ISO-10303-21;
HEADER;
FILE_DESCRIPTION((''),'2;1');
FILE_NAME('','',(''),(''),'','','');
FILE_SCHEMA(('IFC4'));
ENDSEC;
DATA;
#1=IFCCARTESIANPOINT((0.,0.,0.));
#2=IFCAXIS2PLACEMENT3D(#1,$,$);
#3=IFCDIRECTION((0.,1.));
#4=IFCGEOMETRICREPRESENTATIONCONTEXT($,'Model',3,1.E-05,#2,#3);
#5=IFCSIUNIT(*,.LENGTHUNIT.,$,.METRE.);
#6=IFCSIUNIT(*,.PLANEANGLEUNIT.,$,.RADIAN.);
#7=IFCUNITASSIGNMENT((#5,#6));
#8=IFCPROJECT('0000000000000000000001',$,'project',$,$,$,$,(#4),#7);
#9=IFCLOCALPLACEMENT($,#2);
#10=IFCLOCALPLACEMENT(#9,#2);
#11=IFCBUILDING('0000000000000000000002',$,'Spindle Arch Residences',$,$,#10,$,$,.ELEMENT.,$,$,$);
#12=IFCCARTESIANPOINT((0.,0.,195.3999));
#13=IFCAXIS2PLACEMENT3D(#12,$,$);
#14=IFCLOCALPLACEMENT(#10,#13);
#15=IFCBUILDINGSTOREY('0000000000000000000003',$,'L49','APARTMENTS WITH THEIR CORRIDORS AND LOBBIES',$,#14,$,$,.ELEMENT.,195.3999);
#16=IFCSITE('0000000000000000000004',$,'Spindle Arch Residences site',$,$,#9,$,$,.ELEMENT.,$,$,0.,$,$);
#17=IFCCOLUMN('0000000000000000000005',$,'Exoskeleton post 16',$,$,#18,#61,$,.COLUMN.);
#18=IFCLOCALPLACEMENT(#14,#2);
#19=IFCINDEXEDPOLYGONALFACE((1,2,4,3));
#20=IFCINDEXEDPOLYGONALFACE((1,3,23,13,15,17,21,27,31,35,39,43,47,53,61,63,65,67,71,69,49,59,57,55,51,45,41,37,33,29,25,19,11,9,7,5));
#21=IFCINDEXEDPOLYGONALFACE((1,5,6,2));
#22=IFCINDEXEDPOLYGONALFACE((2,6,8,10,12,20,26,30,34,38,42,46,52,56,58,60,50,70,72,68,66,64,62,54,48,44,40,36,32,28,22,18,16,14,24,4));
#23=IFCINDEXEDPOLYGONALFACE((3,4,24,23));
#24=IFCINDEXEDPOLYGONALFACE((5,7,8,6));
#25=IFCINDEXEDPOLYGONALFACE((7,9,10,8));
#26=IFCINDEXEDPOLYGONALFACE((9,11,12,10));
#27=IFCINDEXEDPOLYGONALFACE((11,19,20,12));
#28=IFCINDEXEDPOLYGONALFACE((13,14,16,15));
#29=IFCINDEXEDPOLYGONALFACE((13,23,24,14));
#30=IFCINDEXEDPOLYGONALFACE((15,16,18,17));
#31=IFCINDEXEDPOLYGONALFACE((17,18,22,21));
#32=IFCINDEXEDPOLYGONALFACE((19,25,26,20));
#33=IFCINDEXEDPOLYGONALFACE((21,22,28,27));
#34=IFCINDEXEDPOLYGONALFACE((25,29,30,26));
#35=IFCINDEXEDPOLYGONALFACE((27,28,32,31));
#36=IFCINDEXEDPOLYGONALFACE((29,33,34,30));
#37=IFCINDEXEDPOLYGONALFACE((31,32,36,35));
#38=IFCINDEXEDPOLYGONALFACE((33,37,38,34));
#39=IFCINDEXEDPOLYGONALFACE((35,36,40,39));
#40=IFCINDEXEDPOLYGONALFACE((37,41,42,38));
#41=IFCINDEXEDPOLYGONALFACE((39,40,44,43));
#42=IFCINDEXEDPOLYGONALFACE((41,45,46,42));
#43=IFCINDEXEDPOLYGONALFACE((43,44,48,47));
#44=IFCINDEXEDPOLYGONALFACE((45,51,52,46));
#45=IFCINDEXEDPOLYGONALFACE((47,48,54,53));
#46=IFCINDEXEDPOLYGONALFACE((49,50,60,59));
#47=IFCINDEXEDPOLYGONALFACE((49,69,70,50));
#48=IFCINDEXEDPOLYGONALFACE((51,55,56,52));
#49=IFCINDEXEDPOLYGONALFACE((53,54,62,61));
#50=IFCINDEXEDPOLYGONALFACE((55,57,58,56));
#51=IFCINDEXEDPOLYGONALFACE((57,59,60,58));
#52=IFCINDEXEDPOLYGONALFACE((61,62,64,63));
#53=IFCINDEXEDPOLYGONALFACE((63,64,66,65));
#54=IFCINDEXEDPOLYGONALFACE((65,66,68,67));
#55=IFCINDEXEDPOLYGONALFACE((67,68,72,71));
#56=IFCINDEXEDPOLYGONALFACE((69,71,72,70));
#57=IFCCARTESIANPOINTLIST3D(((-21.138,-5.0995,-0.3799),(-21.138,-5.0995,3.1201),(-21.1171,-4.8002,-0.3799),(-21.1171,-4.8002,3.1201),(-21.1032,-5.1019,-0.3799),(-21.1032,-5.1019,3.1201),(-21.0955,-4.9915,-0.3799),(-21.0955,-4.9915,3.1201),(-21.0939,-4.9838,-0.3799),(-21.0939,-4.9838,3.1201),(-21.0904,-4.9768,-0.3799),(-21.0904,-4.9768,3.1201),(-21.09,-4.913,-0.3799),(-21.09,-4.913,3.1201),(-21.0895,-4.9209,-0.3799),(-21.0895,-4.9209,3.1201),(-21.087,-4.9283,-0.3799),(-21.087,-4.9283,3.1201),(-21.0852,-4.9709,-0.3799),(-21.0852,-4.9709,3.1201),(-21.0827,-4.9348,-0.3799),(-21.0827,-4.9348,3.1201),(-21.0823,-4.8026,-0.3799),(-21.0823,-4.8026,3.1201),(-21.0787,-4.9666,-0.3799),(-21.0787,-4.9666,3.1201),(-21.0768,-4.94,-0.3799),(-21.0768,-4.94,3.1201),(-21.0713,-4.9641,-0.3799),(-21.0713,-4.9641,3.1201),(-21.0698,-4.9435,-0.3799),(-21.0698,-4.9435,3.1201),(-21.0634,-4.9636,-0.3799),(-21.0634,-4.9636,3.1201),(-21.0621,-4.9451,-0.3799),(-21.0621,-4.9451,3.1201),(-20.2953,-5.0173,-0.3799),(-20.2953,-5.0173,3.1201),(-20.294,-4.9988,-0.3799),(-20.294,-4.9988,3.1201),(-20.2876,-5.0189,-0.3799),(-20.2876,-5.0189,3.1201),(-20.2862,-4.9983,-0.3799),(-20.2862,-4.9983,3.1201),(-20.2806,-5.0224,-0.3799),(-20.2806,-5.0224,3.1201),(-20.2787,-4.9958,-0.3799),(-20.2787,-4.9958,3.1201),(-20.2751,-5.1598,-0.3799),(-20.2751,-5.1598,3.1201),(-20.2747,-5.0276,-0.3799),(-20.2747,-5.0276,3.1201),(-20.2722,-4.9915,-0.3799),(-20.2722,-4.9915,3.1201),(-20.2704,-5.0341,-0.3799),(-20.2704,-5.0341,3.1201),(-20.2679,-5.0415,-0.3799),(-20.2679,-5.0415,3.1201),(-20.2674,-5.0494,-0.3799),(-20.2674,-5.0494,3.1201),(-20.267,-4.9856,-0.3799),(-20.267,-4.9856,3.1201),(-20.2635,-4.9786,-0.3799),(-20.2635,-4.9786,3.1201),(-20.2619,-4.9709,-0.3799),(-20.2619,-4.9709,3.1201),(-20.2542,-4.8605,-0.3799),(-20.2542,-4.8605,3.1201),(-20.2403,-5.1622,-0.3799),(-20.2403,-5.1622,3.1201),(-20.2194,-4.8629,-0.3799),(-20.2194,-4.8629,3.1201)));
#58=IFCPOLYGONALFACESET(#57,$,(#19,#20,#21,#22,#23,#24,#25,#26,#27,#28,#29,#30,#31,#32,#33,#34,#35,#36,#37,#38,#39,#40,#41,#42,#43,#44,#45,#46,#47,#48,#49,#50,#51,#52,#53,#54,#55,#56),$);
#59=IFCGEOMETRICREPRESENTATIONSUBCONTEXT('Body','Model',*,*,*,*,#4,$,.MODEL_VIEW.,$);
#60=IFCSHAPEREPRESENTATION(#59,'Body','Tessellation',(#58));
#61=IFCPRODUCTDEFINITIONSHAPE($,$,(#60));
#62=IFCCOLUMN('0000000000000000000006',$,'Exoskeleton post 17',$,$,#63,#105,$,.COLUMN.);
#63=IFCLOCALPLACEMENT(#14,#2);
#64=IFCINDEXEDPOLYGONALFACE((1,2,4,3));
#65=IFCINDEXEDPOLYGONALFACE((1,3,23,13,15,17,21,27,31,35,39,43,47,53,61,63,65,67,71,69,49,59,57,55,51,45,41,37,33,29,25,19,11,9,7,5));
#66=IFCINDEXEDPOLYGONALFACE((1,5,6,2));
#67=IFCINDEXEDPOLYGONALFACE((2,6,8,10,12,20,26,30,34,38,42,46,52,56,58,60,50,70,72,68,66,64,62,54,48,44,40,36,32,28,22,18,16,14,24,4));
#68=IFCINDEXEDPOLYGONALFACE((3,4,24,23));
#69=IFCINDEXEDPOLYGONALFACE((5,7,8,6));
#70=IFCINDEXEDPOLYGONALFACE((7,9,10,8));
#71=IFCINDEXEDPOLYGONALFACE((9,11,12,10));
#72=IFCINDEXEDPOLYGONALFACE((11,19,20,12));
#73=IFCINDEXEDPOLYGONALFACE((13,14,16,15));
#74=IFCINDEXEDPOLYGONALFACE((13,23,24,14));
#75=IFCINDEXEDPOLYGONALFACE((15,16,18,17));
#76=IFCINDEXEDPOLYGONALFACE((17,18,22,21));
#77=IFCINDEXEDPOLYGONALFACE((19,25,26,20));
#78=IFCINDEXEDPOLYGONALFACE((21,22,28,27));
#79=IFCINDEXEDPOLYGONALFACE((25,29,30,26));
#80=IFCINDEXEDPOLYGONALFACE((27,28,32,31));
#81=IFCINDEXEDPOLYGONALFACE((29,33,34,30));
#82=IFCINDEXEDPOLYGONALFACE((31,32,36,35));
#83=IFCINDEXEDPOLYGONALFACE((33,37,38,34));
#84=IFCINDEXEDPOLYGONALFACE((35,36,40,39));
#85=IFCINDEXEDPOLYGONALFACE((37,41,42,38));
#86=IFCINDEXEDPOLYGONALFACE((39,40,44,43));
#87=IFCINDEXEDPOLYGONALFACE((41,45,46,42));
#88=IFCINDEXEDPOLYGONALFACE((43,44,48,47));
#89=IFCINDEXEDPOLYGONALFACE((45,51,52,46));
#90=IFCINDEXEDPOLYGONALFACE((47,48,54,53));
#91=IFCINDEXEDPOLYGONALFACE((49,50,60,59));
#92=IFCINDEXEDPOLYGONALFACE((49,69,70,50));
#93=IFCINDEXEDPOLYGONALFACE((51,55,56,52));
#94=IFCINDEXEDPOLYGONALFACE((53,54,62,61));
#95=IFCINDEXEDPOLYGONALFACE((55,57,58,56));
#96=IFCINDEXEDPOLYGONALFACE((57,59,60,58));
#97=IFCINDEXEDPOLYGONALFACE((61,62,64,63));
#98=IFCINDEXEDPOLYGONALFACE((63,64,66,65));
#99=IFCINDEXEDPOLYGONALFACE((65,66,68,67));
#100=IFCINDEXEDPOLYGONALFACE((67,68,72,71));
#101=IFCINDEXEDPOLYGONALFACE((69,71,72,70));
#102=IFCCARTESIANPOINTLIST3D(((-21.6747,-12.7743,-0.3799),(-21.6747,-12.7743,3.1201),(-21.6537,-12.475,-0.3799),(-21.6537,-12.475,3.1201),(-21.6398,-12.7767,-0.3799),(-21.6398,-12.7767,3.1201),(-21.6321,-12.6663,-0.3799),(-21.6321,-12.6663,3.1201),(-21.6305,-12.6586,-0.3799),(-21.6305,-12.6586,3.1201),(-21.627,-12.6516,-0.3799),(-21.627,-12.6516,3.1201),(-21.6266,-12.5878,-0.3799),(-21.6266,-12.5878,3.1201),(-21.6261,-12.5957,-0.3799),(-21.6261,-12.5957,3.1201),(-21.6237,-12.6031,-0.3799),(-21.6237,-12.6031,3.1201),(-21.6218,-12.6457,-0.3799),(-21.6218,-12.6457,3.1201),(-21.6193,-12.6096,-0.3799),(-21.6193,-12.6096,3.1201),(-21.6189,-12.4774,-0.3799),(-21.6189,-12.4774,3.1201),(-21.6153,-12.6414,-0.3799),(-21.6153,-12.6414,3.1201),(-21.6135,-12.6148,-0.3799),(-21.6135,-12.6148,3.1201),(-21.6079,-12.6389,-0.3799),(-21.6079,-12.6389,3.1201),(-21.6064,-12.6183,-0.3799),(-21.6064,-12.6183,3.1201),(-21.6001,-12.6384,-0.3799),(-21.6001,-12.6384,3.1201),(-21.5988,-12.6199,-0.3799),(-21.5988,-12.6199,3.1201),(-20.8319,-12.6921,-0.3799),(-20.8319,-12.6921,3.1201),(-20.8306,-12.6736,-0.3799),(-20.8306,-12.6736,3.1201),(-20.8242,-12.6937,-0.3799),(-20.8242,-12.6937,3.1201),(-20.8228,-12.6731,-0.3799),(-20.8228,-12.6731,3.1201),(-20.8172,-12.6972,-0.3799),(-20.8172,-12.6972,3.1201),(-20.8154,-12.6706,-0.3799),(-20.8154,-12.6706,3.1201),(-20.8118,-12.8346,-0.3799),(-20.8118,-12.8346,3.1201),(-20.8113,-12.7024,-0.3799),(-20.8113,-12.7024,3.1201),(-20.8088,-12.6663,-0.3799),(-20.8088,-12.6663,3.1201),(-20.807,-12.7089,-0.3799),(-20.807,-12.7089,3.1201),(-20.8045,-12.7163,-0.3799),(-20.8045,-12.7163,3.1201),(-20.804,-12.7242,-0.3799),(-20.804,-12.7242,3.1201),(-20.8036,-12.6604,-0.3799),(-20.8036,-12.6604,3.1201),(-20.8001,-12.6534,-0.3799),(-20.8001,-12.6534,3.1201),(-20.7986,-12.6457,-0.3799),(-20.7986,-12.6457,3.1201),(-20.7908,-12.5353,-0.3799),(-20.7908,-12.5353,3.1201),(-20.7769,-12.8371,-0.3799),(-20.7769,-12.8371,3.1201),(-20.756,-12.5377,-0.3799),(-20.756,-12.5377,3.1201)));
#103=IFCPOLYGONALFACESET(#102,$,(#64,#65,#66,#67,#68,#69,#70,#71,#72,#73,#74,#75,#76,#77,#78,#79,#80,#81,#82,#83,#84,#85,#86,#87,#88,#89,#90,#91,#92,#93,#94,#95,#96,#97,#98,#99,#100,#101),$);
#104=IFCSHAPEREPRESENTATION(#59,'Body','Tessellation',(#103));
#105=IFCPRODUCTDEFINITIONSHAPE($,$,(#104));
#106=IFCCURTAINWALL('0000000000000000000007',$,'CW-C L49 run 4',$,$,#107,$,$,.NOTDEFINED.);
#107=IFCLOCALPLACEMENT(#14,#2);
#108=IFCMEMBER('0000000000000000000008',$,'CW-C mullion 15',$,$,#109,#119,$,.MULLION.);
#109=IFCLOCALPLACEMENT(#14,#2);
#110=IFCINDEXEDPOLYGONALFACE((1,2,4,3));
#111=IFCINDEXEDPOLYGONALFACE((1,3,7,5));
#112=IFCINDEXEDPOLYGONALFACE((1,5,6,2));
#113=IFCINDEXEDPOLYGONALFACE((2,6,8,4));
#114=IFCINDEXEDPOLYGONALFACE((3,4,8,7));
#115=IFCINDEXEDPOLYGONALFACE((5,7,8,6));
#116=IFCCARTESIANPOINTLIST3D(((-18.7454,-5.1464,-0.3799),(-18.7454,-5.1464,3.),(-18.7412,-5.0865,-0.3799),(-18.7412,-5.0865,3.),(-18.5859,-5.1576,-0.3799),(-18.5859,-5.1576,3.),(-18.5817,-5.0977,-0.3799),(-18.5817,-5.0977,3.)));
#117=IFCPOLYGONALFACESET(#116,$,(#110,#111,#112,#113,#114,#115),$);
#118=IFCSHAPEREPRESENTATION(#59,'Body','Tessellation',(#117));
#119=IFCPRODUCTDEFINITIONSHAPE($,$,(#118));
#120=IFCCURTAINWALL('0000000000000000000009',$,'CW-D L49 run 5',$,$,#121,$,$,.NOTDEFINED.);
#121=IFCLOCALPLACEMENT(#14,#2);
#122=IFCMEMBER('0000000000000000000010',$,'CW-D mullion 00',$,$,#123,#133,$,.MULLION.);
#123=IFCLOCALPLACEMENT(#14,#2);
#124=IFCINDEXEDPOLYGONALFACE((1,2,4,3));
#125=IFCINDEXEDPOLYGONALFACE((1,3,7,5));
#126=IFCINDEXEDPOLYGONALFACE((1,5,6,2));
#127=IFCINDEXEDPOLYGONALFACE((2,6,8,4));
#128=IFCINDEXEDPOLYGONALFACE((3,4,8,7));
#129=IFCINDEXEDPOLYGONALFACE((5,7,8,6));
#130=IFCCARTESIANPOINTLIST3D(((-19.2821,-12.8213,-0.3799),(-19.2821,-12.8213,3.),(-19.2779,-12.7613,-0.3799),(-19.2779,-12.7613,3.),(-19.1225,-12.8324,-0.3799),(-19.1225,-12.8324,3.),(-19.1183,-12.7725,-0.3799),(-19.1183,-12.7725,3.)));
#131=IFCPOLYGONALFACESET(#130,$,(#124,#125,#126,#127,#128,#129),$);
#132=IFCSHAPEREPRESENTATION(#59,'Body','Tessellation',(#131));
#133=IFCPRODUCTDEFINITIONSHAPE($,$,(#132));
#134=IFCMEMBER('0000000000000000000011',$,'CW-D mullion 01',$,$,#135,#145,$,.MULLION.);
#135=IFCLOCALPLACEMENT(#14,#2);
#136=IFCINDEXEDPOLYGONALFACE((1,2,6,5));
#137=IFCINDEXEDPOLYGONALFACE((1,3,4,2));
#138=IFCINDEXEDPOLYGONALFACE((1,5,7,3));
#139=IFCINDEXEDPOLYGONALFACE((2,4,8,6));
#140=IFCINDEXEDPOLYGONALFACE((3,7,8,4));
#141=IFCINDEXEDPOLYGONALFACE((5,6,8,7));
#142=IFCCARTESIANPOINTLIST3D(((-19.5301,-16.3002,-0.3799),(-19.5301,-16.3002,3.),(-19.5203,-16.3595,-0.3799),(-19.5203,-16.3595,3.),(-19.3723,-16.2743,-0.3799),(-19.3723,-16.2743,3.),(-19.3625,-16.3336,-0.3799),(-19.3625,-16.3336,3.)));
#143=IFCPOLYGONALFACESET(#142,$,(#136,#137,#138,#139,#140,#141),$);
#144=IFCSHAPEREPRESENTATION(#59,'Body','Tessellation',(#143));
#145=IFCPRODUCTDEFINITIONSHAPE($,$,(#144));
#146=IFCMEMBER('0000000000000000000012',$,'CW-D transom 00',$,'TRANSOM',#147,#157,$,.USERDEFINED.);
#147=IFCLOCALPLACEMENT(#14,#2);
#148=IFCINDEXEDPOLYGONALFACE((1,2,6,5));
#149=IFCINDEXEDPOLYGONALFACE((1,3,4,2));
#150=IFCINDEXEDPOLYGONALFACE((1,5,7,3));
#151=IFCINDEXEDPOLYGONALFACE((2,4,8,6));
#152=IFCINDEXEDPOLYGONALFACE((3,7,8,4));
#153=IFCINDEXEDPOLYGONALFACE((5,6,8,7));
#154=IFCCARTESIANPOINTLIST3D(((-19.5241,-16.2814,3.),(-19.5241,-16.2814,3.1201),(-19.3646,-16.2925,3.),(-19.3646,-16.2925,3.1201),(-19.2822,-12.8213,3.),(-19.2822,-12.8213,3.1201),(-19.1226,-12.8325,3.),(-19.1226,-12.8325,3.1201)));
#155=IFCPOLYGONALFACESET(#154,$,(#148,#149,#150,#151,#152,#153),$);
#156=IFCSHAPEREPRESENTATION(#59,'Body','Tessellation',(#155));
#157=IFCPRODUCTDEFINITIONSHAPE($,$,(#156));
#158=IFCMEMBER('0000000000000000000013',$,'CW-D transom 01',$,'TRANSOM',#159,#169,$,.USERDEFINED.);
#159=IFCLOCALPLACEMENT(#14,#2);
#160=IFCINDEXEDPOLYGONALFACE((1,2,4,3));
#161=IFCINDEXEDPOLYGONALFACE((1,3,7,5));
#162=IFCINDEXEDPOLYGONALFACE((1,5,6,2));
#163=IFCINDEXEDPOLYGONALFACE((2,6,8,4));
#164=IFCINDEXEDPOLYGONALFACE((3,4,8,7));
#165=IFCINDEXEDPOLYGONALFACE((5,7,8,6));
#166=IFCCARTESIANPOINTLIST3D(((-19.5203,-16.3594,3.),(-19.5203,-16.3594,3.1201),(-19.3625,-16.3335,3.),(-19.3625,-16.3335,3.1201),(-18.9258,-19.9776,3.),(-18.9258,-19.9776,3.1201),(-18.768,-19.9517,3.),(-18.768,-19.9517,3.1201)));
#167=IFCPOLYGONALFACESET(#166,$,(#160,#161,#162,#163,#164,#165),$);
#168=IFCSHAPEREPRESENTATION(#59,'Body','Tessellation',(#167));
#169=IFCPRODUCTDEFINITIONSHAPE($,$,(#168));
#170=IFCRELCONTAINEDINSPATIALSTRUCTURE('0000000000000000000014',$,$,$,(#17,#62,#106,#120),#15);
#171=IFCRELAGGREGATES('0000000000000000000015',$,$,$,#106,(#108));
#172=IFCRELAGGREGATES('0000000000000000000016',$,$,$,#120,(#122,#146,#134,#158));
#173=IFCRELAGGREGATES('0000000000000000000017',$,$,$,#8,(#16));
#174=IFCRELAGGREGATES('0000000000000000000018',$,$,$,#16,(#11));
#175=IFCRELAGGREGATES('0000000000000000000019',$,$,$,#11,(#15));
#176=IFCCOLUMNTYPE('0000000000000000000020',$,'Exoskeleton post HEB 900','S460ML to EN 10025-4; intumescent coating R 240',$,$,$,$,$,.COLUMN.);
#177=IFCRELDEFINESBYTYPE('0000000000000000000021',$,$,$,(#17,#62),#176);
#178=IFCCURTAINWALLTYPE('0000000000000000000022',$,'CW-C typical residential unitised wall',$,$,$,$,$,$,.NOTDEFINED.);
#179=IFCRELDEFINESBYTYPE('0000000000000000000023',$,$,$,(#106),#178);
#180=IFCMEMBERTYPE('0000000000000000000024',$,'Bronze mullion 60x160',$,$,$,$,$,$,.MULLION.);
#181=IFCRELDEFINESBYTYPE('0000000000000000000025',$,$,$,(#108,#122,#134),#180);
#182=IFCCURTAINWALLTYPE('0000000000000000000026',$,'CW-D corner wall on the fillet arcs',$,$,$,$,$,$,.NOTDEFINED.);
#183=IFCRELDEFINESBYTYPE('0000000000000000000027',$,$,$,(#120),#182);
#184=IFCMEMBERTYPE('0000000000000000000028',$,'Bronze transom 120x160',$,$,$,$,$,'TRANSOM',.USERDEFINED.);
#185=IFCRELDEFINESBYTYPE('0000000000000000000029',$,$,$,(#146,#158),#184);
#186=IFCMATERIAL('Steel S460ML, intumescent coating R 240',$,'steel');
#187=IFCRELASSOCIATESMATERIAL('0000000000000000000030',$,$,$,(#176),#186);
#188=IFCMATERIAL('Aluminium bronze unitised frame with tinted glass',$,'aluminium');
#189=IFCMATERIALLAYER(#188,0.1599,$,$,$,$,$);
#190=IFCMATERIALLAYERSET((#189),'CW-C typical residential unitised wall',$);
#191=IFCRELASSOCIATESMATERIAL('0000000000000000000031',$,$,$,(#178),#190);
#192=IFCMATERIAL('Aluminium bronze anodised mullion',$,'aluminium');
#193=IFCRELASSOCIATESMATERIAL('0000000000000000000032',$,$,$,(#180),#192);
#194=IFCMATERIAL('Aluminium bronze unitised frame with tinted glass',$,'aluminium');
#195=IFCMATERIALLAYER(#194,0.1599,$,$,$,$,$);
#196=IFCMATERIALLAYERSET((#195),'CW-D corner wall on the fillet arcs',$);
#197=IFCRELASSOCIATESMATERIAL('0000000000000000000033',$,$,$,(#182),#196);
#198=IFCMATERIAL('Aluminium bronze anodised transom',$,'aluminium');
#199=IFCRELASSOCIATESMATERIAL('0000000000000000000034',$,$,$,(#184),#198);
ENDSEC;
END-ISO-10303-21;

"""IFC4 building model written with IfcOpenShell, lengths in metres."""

from ifc_helpers import new_model, si_unit, direction, frame, origin, origin_2d, place, context, subcontext, project, spatial, rectangle, i_section, extrude, material, layer, layer_set, material_profile, profile_set, type_object, element, aggregate, save


model = new_model("IFC4")

# Units and contexts
model_context = context("Model", 3, precision=1e-05, world=origin(), true_north=direction((0.0, 1.0)))
body_context = subcontext(model_context, "Body", "Model", "MODEL_VIEW")
ifc_project = project(units=[si_unit("LENGTHUNIT", "METRE"), si_unit("PLANEANGLEUNIT", "RADIAN")], contexts=[model_context])

# Site, building, storey
site_placement = place(None, origin())
site = spatial("IfcSite", under=ifc_project, at=site_placement, Name="Spindle Arch Residences site", CompositionType="ELEMENT", RefElevation=0.0)
building_placement = place(site_placement, origin())
building = spatial("IfcBuilding", under=site, at=building_placement, Name="Spindle Arch Residences", CompositionType="ELEMENT")
storey_placement = place(building_placement, frame((0.0, 0.0, 195.3999)))
storey = spatial("IfcBuildingStorey", under=building, at=storey_placement, Name="L49", Description="APARTMENTS WITH THEIR CORRIDORS AND LOBBIES", CompositionType="ELEMENT", Elevation=195.3999)

# Columns
ifc_material_1 = material(Name="Steel S460ML, intumescent coating R 240", Category="steel")
ifc_material_profile_1 = material_profile(ifc_material_1, i_section(OverallWidth=0.3, OverallDepth=0.8999, WebThickness=0.0186, FlangeThickness=0.0349, FilletRadius=0.03, at=origin_2d()), Name="HEB 900")
ifc_profile_set_1 = profile_set([ifc_material_profile_1], Name="Steel S460ML, intumescent coating R 240")
column_type = type_object("IfcColumnType", Name="Exoskeleton post HEB 900", Description="S460ML to EN 10025-4; intumescent coating R 240", PredefinedType="COLUMN", material=ifc_profile_set_1)
for number, where, z_axis, x_axis, name in (
    (1, (-20.6787, -4.9812, -0.3799), (0.0, 0.0, 1.0), (0.069756, 0.997564, 0.0), "Exoskeleton post 16"),
    (2, (-21.2153, -12.656, -0.3799), (0.0, 0.0, 1.0), (0.069756, 0.997564, 0.0), "Exoskeleton post 17"),
):
    element("IfcColumn", number, at=place(storey_placement, frame(where, z_axis=z_axis, x_axis=x_axis)), inside=storey, type_object=column_type, Name=name, PredefinedType="COLUMN", context=body_context, shape_type="SweptSolid", body=[
        extrude(i_section(OverallWidth=0.3, OverallDepth=0.8999, WebThickness=0.0186, FlangeThickness=0.0349, FilletRadius=0.03, at=origin_2d()), origin(), (0.0, 0.0, 1.0), 3.5),
    ])

# Curtain wall, member
ifc_material_2 = material(Name="Aluminium bronze unitised frame with tinted glass", Category="aluminium")
ifc_layer_1 = layer(ifc_material_2, 0.1599)
ifc_layer_set_1 = layer_set([ifc_layer_1], Name="CW-C typical residential unitised wall")
curtain_wall_type_1 = type_object("IfcCurtainWallType", Name="CW-C typical residential unitised wall", PredefinedType="NOTDEFINED", material=ifc_layer_set_1)
curtain_wall_1_placement = place(storey_placement, origin())
curtain_wall_1 = element("IfcCurtainWall", 3, at=curtain_wall_1_placement, inside=storey, type_object=curtain_wall_type_1, Name="CW-C L49 run 4", PredefinedType="NOTDEFINED")
ifc_material_3 = material(Name="Aluminium bronze anodised mullion", Category="aluminium")
ifc_material_profile_2 = material_profile(ifc_material_3, rectangle(XDim=0.1599, YDim=0.0601, at=origin_2d()), Name="MU 60x160")
ifc_profile_set_2 = profile_set([ifc_material_profile_2], Name="Aluminium bronze anodised mullion")
member_type_1 = type_object("IfcMemberType", Name="Bronze mullion 60x160", PredefinedType="MULLION", material=ifc_profile_set_2)
member_1_placement = place(storey_placement, frame((-18.6636, -5.1221, -0.3799), z_axis=(0.0, 0.0, 1.0), x_axis=(0.997564, -0.069756, 0.0)))
member_1 = element("IfcMember", 4, at=member_1_placement, type_object=member_type_1, Name="CW-C mullion 15", PredefinedType="MULLION", context=body_context, shape_type="SweptSolid", body=[
    extrude(rectangle(XDim=0.1599, YDim=0.0601, at=origin_2d()), origin(), (0.0, 0.0, 1.0), 3.3799),
])

# Curtain wall, members
ifc_material_4 = material(Name="Aluminium bronze unitised frame with tinted glass", Category="aluminium")
ifc_layer_2 = layer(ifc_material_4, 0.1599)
ifc_layer_set_2 = layer_set([ifc_layer_2], Name="CW-D corner wall on the fillet arcs")
curtain_wall_type_2 = type_object("IfcCurtainWallType", Name="CW-D corner wall on the fillet arcs", PredefinedType="NOTDEFINED", material=ifc_layer_set_2)
curtain_wall_2_placement = place(storey_placement, origin())
curtain_wall_2 = element("IfcCurtainWall", 5, at=curtain_wall_2_placement, inside=storey, type_object=curtain_wall_type_2, Name="CW-D L49 run 5", PredefinedType="NOTDEFINED")
member_2_placement = place(storey_placement, frame((-19.2002, -12.7969, -0.3799), z_axis=(0.0, 0.0, 1.0), x_axis=(0.997564, -0.069756, 0.0)))
member_2 = element("IfcMember", 6, at=member_2_placement, type_object=member_type_1, Name="CW-D mullion 00", PredefinedType="MULLION", context=body_context, shape_type="SweptSolid", body=[
    extrude(rectangle(XDim=0.1599, YDim=0.0601, at=origin_2d()), origin(), (0.0, 0.0, 1.0), 3.3799),
])
member_3_placement = place(storey_placement, frame((-19.4463, -16.3169, -0.3799), z_axis=(0.0, 0.0, 1.0), x_axis=(0.986762, 0.162178, 0.0)))
member_3 = element("IfcMember", 7, at=member_3_placement, type_object=member_type_1, Name="CW-D mullion 01", PredefinedType="MULLION", context=body_context, shape_type="SweptSolid", body=[
    extrude(rectangle(XDim=0.1599, YDim=0.0601, at=origin_2d()), origin(), (0.0, 0.0, 1.0), 3.3799),
])
ifc_material_5 = material(Name="Aluminium bronze anodised transom", Category="aluminium")
ifc_material_profile_3 = material_profile(ifc_material_5, rectangle(XDim=0.1599, YDim=0.1201, at=origin_2d()), Name="TR 120x160")
ifc_profile_set_3 = profile_set([ifc_material_profile_3], Name="Aluminium bronze anodised transom")
member_type_2 = type_object("IfcMemberType", Name="Bronze transom 120x160", ElementType="TRANSOM", PredefinedType="USERDEFINED", material=ifc_profile_set_3)
member_4_placement = place(storey_placement, frame((-19.2024, -12.8269, 3.0601), z_axis=(-0.069756, -0.997564, 0.0), x_axis=(0.997564, -0.069756, 0.0)))
member_4 = element("IfcMember", 8, at=member_4_placement, type_object=member_type_2, Name="CW-D transom 00", ObjectType="TRANSOM", PredefinedType="USERDEFINED", context=body_context, shape_type="SweptSolid", body=[
    extrude(rectangle(XDim=0.1599, YDim=0.1201, at=origin_2d()), origin(), (0.0, 0.0, 1.0), 3.4685),
])
member_5_placement = place(storey_placement, frame((-19.4414, -16.3464, 3.0601), z_axis=(0.162131, -0.986769, 0.0), x_axis=(0.986769, 0.162131, 0.0)))
member_5 = element("IfcMember", 9, at=member_5_placement, type_object=member_type_2, Name="CW-D transom 01", ObjectType="TRANSOM", PredefinedType="USERDEFINED", context=body_context, shape_type="SweptSolid", body=[
    extrude(rectangle(XDim=0.1599, YDim=0.1201, at=origin_2d()), origin(), (0.0, 0.0, 1.0), 3.6667),
])

aggregate(curtain_wall_1, [member_1])
aggregate(curtain_wall_2, [member_2, member_4, member_3, member_5])

save(model, "model.ifc")
